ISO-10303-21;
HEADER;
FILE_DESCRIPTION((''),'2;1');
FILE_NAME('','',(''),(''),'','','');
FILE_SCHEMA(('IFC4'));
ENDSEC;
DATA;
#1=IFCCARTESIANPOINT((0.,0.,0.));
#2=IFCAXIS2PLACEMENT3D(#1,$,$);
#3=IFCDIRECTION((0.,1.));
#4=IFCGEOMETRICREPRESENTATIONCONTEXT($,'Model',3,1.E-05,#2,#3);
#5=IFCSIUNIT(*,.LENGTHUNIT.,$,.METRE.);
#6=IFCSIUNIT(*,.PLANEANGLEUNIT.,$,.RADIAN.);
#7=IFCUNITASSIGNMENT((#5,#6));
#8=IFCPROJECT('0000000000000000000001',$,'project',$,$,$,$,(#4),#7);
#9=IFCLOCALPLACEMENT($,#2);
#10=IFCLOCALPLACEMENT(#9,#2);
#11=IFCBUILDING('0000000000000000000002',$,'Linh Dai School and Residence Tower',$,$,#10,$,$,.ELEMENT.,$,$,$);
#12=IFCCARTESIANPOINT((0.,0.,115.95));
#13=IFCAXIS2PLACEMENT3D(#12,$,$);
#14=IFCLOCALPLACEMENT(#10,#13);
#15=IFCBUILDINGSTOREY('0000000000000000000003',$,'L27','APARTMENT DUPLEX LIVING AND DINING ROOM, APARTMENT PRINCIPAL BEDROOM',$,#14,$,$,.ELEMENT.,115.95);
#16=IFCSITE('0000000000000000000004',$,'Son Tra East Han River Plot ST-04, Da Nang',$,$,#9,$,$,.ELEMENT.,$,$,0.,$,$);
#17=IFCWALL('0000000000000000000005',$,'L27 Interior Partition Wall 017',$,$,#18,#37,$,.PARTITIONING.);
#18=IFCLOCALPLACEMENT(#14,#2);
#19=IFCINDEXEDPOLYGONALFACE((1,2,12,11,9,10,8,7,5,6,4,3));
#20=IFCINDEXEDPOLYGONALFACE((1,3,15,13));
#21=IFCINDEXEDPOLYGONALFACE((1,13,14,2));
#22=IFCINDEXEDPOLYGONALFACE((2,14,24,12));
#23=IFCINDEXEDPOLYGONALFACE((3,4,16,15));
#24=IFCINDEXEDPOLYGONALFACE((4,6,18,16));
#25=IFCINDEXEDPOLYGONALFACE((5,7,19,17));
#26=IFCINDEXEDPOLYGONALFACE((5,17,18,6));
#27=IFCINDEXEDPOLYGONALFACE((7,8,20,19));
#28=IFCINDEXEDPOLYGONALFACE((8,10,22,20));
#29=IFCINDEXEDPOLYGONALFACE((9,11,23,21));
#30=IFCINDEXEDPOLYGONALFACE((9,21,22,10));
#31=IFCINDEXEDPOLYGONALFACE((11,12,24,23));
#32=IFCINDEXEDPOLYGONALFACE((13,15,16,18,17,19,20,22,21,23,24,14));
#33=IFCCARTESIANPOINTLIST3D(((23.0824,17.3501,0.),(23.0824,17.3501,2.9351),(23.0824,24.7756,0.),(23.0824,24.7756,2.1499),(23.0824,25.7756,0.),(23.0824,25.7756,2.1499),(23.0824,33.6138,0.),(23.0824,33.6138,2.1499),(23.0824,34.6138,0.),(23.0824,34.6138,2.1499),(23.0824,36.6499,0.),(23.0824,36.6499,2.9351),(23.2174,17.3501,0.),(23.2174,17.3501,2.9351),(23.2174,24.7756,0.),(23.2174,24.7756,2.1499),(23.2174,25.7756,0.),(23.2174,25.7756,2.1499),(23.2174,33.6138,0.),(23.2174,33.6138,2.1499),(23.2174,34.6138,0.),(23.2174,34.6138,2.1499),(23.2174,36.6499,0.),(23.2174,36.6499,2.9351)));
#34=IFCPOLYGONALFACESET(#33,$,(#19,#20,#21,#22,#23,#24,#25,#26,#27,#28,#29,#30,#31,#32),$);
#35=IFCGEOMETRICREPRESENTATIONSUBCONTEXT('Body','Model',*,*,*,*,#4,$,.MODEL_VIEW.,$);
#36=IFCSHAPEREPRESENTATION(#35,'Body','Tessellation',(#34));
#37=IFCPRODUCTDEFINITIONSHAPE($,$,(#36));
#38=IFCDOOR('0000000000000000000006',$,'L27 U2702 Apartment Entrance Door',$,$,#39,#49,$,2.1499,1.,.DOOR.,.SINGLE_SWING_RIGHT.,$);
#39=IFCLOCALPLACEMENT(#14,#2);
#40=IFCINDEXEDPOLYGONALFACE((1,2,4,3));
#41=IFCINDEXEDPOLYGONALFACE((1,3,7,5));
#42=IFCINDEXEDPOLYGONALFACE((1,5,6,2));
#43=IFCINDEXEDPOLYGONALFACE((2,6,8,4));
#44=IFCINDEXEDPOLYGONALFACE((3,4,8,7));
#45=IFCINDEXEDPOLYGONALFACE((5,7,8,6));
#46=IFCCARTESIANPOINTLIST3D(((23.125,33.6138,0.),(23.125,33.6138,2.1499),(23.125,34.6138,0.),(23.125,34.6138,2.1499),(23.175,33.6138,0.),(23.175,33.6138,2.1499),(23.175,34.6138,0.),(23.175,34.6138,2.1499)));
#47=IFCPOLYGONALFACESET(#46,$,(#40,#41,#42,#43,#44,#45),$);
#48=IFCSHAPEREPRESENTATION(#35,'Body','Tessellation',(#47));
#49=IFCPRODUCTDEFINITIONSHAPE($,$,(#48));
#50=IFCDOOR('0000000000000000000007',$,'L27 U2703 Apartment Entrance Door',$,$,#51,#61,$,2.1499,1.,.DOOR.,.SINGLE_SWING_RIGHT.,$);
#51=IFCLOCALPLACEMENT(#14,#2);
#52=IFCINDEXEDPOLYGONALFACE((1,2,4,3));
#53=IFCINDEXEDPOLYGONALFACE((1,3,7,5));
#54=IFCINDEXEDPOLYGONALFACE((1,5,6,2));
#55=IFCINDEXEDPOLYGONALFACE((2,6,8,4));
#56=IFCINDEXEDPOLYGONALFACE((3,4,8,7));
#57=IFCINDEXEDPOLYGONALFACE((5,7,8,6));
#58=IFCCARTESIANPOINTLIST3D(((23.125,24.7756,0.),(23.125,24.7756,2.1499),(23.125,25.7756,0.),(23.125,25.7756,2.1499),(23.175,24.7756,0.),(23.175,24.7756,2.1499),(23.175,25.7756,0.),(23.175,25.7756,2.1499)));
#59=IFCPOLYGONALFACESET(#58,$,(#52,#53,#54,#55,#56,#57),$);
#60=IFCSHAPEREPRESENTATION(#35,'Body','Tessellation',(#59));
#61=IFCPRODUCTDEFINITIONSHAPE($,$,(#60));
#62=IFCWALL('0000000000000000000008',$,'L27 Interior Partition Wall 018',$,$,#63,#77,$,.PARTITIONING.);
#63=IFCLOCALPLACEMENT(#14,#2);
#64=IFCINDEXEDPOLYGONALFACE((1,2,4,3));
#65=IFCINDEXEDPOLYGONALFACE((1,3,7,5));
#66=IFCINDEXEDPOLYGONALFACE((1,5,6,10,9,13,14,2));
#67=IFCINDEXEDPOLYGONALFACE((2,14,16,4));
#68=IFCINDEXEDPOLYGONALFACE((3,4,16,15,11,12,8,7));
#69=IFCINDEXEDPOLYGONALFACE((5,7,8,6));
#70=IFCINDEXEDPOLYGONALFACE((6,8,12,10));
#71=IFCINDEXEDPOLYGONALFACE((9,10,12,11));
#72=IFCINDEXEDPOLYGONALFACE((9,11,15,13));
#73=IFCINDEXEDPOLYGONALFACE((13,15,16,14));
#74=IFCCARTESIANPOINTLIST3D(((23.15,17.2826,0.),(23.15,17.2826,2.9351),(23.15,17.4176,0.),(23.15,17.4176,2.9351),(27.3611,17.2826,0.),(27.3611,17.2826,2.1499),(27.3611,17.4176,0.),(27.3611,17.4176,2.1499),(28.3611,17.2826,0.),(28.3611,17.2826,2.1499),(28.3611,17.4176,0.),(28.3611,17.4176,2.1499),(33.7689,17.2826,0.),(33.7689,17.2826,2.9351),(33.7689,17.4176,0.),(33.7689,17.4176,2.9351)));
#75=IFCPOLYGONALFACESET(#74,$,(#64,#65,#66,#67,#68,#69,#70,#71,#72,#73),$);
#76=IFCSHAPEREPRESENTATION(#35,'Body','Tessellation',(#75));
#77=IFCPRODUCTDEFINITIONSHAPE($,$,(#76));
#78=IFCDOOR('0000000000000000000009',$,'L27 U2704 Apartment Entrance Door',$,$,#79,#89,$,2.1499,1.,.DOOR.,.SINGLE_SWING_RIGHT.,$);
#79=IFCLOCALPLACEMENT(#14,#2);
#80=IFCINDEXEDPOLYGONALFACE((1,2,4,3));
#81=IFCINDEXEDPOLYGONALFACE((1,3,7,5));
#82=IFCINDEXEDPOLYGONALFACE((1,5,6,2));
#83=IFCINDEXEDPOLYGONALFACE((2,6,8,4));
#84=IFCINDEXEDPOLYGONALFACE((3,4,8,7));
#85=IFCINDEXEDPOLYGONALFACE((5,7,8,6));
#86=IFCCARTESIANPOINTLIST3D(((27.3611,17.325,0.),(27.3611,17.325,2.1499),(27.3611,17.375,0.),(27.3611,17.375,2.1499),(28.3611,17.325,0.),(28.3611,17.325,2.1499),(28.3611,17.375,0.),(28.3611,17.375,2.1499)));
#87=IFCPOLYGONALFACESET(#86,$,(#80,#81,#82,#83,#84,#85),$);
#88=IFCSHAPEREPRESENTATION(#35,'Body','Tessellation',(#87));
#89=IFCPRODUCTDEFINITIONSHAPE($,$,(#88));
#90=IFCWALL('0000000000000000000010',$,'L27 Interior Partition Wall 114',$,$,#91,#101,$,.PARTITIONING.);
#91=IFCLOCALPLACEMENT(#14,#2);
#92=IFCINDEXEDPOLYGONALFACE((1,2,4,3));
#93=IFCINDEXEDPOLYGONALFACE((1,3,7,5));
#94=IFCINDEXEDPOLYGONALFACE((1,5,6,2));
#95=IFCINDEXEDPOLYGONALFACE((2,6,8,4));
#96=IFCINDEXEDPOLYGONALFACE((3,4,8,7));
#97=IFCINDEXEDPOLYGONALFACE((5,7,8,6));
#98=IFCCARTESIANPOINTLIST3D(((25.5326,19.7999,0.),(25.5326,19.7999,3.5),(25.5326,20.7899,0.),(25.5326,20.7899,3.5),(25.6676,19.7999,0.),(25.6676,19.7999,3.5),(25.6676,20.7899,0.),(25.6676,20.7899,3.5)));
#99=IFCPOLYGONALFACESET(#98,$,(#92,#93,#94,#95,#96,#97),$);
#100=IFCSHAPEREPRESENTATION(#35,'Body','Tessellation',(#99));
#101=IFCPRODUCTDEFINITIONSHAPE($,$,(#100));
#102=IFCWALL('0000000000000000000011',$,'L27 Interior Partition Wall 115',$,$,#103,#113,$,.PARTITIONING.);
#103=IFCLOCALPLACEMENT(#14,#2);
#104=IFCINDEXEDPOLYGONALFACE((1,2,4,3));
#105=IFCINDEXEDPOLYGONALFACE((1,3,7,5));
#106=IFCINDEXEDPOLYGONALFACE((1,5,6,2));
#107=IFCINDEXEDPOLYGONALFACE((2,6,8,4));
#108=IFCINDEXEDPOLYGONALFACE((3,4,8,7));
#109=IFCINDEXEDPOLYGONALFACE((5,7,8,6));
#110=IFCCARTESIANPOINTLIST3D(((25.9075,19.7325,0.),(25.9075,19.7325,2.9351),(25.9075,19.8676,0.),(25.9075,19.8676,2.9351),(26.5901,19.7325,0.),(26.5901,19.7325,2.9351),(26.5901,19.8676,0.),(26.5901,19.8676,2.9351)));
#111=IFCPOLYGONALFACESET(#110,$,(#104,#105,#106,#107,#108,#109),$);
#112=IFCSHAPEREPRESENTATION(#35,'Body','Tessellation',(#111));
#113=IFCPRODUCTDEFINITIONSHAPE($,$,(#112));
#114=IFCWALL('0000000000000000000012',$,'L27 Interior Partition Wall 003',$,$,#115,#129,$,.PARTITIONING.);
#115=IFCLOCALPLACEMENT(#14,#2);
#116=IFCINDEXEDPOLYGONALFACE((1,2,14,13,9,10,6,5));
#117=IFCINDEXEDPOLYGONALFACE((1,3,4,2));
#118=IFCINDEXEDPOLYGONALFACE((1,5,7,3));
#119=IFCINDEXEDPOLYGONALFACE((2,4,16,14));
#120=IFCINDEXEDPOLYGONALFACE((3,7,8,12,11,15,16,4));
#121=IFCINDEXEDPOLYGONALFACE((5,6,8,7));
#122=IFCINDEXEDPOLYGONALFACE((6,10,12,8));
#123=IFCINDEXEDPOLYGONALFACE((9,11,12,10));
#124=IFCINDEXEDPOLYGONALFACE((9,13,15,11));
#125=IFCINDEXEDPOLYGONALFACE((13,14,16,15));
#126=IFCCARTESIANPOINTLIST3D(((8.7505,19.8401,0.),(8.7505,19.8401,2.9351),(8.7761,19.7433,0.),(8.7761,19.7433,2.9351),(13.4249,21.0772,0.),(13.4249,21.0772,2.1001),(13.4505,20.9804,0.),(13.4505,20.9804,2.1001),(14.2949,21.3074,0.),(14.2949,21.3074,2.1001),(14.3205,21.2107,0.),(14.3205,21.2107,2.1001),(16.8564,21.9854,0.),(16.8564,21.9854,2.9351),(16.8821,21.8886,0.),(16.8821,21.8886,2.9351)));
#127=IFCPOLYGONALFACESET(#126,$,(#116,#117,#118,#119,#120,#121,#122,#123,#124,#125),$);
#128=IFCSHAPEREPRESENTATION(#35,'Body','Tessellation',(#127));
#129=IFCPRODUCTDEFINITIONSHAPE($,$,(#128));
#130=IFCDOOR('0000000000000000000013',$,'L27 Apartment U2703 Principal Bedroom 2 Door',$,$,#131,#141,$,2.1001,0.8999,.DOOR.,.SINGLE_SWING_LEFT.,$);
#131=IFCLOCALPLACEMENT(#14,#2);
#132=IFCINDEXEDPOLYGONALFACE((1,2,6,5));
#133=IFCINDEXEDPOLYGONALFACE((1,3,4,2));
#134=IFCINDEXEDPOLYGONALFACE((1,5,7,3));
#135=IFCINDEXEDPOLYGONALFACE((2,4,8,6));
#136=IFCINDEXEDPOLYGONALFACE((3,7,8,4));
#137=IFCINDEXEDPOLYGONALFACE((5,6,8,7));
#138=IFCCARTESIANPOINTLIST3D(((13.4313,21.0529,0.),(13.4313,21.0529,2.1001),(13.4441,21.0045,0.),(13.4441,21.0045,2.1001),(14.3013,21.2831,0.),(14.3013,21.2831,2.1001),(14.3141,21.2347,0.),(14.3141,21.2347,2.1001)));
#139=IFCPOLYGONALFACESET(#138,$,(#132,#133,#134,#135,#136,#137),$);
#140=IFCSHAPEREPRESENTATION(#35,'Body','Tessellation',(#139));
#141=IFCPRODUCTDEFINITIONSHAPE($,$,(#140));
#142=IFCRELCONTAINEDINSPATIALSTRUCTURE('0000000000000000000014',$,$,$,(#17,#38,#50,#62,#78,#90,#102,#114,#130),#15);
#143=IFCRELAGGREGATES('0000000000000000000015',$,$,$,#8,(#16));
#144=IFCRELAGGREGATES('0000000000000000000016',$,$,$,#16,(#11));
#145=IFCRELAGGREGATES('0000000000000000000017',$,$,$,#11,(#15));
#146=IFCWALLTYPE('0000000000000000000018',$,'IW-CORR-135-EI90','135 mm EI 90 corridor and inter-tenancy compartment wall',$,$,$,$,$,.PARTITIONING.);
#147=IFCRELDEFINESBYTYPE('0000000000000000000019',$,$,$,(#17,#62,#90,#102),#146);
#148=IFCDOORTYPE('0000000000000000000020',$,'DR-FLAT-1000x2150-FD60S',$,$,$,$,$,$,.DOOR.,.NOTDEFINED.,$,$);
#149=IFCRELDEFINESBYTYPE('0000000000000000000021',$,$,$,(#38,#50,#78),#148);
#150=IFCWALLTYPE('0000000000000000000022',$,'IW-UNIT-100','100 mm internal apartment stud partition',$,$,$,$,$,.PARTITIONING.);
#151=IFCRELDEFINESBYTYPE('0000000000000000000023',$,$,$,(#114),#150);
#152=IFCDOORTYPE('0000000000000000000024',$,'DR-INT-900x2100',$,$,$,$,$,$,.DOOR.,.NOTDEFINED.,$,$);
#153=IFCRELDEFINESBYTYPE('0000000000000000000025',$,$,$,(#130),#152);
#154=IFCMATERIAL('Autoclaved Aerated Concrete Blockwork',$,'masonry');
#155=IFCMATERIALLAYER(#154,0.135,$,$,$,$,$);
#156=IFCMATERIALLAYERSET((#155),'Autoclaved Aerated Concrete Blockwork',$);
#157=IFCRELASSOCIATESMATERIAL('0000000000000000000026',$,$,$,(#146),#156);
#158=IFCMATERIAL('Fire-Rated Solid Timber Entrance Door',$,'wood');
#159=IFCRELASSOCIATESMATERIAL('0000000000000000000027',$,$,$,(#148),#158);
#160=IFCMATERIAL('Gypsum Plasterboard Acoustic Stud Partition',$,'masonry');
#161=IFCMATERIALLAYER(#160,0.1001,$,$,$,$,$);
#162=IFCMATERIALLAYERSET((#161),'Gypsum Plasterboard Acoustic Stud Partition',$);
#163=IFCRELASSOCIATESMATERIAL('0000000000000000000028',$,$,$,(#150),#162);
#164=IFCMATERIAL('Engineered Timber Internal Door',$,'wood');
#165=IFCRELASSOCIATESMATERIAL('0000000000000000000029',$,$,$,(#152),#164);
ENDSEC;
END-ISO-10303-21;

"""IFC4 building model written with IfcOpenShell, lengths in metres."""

from ifc_helpers import new_model, si_unit, direction, frame, frame_2d, origin, origin_2d, place, context, subcontext, project, spatial, rectangle, extrude, source, transform, mapped, material, layer, layer_set, type_object, element, fill, save


model = new_model("IFC4")

# Units and contexts
model_context = context("Model", 3, precision=1e-05, world=origin(), true_north=direction((0.0, 1.0)))
body_context = subcontext(model_context, "Body", "Model", "MODEL_VIEW")
ifc_project = project(units=[si_unit("LENGTHUNIT", "METRE"), si_unit("PLANEANGLEUNIT", "RADIAN")], contexts=[model_context])

# Site, building, storey
site_placement = place(None, origin())
site = spatial("IfcSite", under=ifc_project, at=site_placement, Name="Son Tra East Han River Plot ST-04, Da Nang", CompositionType="ELEMENT", RefElevation=0.0)
building_placement = place(site_placement, origin())
building = spatial("IfcBuilding", under=site, at=building_placement, Name="Linh Dai School and Residence Tower", CompositionType="ELEMENT")
storey_placement = place(building_placement, frame((0.0, 0.0, 115.95)))
storey = spatial("IfcBuildingStorey", under=building, at=storey_placement, Name="L27", Description="APARTMENT DUPLEX LIVING AND DINING ROOM, APARTMENT PRINCIPAL BEDROOM", CompositionType="ELEMENT", Elevation=115.95)

# Wall, openings, doors
ifc_material_1 = material(Name="Autoclaved Aerated Concrete Blockwork", Category="masonry")
ifc_layer_1 = layer(ifc_material_1, 0.135)
ifc_layer_set_1 = layer_set([ifc_layer_1], Name="Autoclaved Aerated Concrete Blockwork")
wall_type_1 = type_object("IfcWallType", Name="IW-CORR-135-EI90", Description="135 mm EI 90 corridor and inter-tenancy compartment wall", PredefinedType="PARTITIONING", material=ifc_layer_set_1)
wall_1_placement = place(storey_placement, frame((23.1499, 17.3501, 0.0), z_axis=(0.0, 0.0, 1.0), x_axis=(0.0, 1.0, 0.0)))
wall_1 = element("IfcWall", 1, at=wall_1_placement, inside=storey, type_object=wall_type_1, Name="L27 Interior Partition Wall 017", PredefinedType="PARTITIONING", context=body_context, shape_type="SweptSolid", body=[
    extrude(rectangle(XDim=19.2998, YDim=0.135, at=frame_2d((9.6499, 0.0))), origin(), (0.0, 0.0, 1.0), 2.9351),
])
opening_1_placement = place(wall_1_placement, frame((16.2637, 0.0, 0.0)))
opening_1 = element("IfcOpeningElement", 2, at=opening_1_placement, cuts=wall_1, PredefinedType="OPENING", context=body_context, shape_type="SweptSolid", body=[
    extrude(rectangle(XDim=1.0, YDim=2.1499, at=origin_2d()), frame((0.5, 0.0776, 1.075), z_axis=(0.0, -1.0, 0.0), x_axis=(1.0, 0.0, 0.0)), (0.0, 0.0, 1.0), 0.155),
])
opening_2_placement = place(wall_1_placement, frame((7.4255, 0.0, 0.0)))
opening_2 = element("IfcOpeningElement", 3, at=opening_2_placement, cuts=wall_1, PredefinedType="OPENING", context=body_context, shape_type="SweptSolid", body=[
    extrude(rectangle(XDim=1.0, YDim=2.1499, at=origin_2d()), frame((0.5, 0.0776, 1.075), z_axis=(0.0, -1.0, 0.0), x_axis=(1.0, 0.0, 0.0)), (0.0, 0.0, 1.0), 0.155),
])
ifc_material_2 = material(Name="Fire-Rated Solid Timber Entrance Door", Category="wood")
door_type_1 = type_object("IfcDoorType", Name="DR-FLAT-1000x2150-FD60S", OperationType="NOTDEFINED", PredefinedType="DOOR", material=ifc_material_2)
shared_shape_1 = source(origin(), body_context, "Body", "SweptSolid", [
    extrude(rectangle(XDim=1.0, YDim=2.1499, at=origin_2d()), frame((0.5, 0.0249, 1.075), z_axis=(0.0, -1.0, 0.0), x_axis=(1.0, 0.0, 0.0)), (0.0, 0.0, 1.0), 0.05),
])
door_1_placement = place(opening_1_placement, origin())
door_1 = element("IfcDoor", 4, at=door_1_placement, inside=storey, type_object=door_type_1, Name="L27 U2702 Apartment Entrance Door", OperationType="SINGLE_SWING_RIGHT", OverallHeight=2.1499, OverallWidth=1.0, PredefinedType="DOOR", context=body_context, shape_type="MappedRepresentation", body=[
    mapped(shared_shape_1, transform((0.0, 0.0, 0.0), x_axis=(1.0, 0.0, 0.0), y_axis=(0.0, 1.0, 0.0), z_axis=(0.0, 0.0, 1.0), scale=1.0)),
])
fill(opening_1, door_1)
door_2_placement = place(opening_2_placement, origin())
door_2 = element("IfcDoor", 5, at=door_2_placement, inside=storey, type_object=door_type_1, Name="L27 U2703 Apartment Entrance Door", OperationType="SINGLE_SWING_RIGHT", OverallHeight=2.1499, OverallWidth=1.0, PredefinedType="DOOR", context=body_context, shape_type="MappedRepresentation", body=[
    mapped(shared_shape_1, transform((0.0, 0.0, 0.0), x_axis=(1.0, 0.0, 0.0), y_axis=(0.0, 1.0, 0.0), z_axis=(0.0, 0.0, 1.0), scale=1.0)),
])
fill(opening_2, door_2)

# Wall, opening, door
wall_2_placement = place(storey_placement, frame((23.1499, 17.3501, 0.0), z_axis=(0.0, 0.0, 1.0), x_axis=(1.0, 0.0, 0.0)))
wall_2 = element("IfcWall", 6, at=wall_2_placement, inside=storey, type_object=wall_type_1, Name="L27 Interior Partition Wall 018", PredefinedType="PARTITIONING", context=body_context, shape_type="SweptSolid", body=[
    extrude(rectangle(XDim=10.6189, YDim=0.135, at=frame_2d((5.3096, 0.0))), origin(), (0.0, 0.0, 1.0), 2.9351),
])
opening_3_placement = place(wall_2_placement, frame((4.2112, 0.0, 0.0)))
opening_3 = element("IfcOpeningElement", 7, at=opening_3_placement, cuts=wall_2, PredefinedType="OPENING", context=body_context, shape_type="SweptSolid", body=[
    extrude(rectangle(XDim=1.0, YDim=2.1499, at=origin_2d()), frame((0.5, 0.0776, 1.075), z_axis=(0.0, -1.0, 0.0), x_axis=(1.0, 0.0, 0.0)), (0.0, 0.0, 1.0), 0.155),
])
door_3_placement = place(opening_3_placement, origin())
door_3 = element("IfcDoor", 8, at=door_3_placement, inside=storey, type_object=door_type_1, Name="L27 U2704 Apartment Entrance Door", OperationType="SINGLE_SWING_RIGHT", OverallHeight=2.1499, OverallWidth=1.0, PredefinedType="DOOR", context=body_context, shape_type="MappedRepresentation", body=[
    mapped(shared_shape_1, transform((0.0, 0.0, 0.0), x_axis=(1.0, 0.0, 0.0), y_axis=(0.0, 1.0, 0.0), z_axis=(0.0, 0.0, 1.0), scale=1.0)),
])
fill(opening_3, door_3)

# Walls
wall_3_placement = place(storey_placement, frame((25.6001, 20.79, 0.0), z_axis=(0.0, 0.0, 1.0), x_axis=(0.0, -1.0, 0.0)))
element("IfcWall", 9, at=wall_3_placement, inside=storey, type_object=wall_type_1, Name="L27 Interior Partition Wall 114", PredefinedType="PARTITIONING", context=body_context, shape_type="SweptSolid", body=[
    extrude(rectangle(XDim=0.99, YDim=0.135, at=frame_2d((0.4951, 0.0))), origin(), (0.0, 0.0, 1.0), 3.5),
])
wall_4_placement = place(storey_placement, frame((25.9075, 19.8, 0.0), z_axis=(0.0, 0.0, 1.0), x_axis=(1.0, 0.0, 0.0)))
element("IfcWall", 10, at=wall_4_placement, inside=storey, type_object=wall_type_1, Name="L27 Interior Partition Wall 115", PredefinedType="PARTITIONING", context=body_context, shape_type="SweptSolid", body=[
    extrude(rectangle(XDim=0.6826, YDim=0.135, at=frame_2d((0.3413, 0.0))), origin(), (0.0, 0.0, 1.0), 2.9351),
])

# Wall, opening, door
ifc_material_3 = material(Name="Gypsum Plasterboard Acoustic Stud Partition", Category="masonry")
ifc_layer_2 = layer(ifc_material_3, 0.1001)
ifc_layer_set_2 = layer_set([ifc_layer_2], Name="Gypsum Plasterboard Acoustic Stud Partition")
wall_type_2 = type_object("IfcWallType", Name="IW-UNIT-100", Description="100 mm internal apartment stud partition", PredefinedType="PARTITIONING", material=ifc_layer_set_2)
wall_5_placement = place(storey_placement, frame((8.7634, 19.7917, 0.0), z_axis=(0.0, 0.0, 1.0), x_axis=(0.966718, 0.255845, 0.0)))
wall_5 = element("IfcWall", 11, at=wall_5_placement, inside=storey, type_object=wall_type_2, Name="L27 Interior Partition Wall 003", PredefinedType="PARTITIONING", context=body_context, shape_type="SweptSolid", body=[
    extrude(rectangle(XDim=8.385, YDim=0.1001, at=frame_2d((4.1924, 0.0))), origin(), (0.0, 0.0, 1.0), 2.9351),
])
opening_4_placement = place(wall_5_placement, frame((4.8352, 0.0, 0.0)))
opening_4 = element("IfcOpeningElement", 12, at=opening_4_placement, cuts=wall_5, PredefinedType="OPENING", context=body_context, shape_type="SweptSolid", body=[
    extrude(rectangle(XDim=0.8999, YDim=2.1001, at=origin_2d()), frame((0.45, 0.0601, 1.05), z_axis=(0.0, -1.0, 0.0), x_axis=(1.0, 0.0, 0.0)), (0.0, 0.0, 1.0), 0.1201),
])
ifc_material_4 = material(Name="Engineered Timber Internal Door", Category="wood")
door_type_2 = type_object("IfcDoorType", Name="DR-INT-900x2100", OperationType="NOTDEFINED", PredefinedType="DOOR", material=ifc_material_4)
shared_shape_2 = source(origin(), body_context, "Body", "SweptSolid", [
    extrude(rectangle(XDim=0.8999, YDim=2.1001, at=origin_2d()), frame((0.45, 0.0249, 1.05), z_axis=(0.0, -1.0, 0.0), x_axis=(1.0, 0.0, 0.0)), (0.0, 0.0, 1.0), 0.05),
])
door_4_placement = place(opening_4_placement, origin())
door_4 = element("IfcDoor", 13, at=door_4_placement, inside=storey, type_object=door_type_2, Name="L27 Apartment U2703 Principal Bedroom 2 Door", OperationType="SINGLE_SWING_LEFT", OverallHeight=2.1001, OverallWidth=0.8999, PredefinedType="DOOR", context=body_context, shape_type="MappedRepresentation", body=[
    mapped(shared_shape_2, transform((0.0, 0.0, 0.0), x_axis=(1.0, 0.0, 0.0), y_axis=(0.0, 1.0, 0.0), z_axis=(0.0, 0.0, 1.0), scale=1.0)),
])
fill(opening_4, door_4)

save(model, "model.ifc")
